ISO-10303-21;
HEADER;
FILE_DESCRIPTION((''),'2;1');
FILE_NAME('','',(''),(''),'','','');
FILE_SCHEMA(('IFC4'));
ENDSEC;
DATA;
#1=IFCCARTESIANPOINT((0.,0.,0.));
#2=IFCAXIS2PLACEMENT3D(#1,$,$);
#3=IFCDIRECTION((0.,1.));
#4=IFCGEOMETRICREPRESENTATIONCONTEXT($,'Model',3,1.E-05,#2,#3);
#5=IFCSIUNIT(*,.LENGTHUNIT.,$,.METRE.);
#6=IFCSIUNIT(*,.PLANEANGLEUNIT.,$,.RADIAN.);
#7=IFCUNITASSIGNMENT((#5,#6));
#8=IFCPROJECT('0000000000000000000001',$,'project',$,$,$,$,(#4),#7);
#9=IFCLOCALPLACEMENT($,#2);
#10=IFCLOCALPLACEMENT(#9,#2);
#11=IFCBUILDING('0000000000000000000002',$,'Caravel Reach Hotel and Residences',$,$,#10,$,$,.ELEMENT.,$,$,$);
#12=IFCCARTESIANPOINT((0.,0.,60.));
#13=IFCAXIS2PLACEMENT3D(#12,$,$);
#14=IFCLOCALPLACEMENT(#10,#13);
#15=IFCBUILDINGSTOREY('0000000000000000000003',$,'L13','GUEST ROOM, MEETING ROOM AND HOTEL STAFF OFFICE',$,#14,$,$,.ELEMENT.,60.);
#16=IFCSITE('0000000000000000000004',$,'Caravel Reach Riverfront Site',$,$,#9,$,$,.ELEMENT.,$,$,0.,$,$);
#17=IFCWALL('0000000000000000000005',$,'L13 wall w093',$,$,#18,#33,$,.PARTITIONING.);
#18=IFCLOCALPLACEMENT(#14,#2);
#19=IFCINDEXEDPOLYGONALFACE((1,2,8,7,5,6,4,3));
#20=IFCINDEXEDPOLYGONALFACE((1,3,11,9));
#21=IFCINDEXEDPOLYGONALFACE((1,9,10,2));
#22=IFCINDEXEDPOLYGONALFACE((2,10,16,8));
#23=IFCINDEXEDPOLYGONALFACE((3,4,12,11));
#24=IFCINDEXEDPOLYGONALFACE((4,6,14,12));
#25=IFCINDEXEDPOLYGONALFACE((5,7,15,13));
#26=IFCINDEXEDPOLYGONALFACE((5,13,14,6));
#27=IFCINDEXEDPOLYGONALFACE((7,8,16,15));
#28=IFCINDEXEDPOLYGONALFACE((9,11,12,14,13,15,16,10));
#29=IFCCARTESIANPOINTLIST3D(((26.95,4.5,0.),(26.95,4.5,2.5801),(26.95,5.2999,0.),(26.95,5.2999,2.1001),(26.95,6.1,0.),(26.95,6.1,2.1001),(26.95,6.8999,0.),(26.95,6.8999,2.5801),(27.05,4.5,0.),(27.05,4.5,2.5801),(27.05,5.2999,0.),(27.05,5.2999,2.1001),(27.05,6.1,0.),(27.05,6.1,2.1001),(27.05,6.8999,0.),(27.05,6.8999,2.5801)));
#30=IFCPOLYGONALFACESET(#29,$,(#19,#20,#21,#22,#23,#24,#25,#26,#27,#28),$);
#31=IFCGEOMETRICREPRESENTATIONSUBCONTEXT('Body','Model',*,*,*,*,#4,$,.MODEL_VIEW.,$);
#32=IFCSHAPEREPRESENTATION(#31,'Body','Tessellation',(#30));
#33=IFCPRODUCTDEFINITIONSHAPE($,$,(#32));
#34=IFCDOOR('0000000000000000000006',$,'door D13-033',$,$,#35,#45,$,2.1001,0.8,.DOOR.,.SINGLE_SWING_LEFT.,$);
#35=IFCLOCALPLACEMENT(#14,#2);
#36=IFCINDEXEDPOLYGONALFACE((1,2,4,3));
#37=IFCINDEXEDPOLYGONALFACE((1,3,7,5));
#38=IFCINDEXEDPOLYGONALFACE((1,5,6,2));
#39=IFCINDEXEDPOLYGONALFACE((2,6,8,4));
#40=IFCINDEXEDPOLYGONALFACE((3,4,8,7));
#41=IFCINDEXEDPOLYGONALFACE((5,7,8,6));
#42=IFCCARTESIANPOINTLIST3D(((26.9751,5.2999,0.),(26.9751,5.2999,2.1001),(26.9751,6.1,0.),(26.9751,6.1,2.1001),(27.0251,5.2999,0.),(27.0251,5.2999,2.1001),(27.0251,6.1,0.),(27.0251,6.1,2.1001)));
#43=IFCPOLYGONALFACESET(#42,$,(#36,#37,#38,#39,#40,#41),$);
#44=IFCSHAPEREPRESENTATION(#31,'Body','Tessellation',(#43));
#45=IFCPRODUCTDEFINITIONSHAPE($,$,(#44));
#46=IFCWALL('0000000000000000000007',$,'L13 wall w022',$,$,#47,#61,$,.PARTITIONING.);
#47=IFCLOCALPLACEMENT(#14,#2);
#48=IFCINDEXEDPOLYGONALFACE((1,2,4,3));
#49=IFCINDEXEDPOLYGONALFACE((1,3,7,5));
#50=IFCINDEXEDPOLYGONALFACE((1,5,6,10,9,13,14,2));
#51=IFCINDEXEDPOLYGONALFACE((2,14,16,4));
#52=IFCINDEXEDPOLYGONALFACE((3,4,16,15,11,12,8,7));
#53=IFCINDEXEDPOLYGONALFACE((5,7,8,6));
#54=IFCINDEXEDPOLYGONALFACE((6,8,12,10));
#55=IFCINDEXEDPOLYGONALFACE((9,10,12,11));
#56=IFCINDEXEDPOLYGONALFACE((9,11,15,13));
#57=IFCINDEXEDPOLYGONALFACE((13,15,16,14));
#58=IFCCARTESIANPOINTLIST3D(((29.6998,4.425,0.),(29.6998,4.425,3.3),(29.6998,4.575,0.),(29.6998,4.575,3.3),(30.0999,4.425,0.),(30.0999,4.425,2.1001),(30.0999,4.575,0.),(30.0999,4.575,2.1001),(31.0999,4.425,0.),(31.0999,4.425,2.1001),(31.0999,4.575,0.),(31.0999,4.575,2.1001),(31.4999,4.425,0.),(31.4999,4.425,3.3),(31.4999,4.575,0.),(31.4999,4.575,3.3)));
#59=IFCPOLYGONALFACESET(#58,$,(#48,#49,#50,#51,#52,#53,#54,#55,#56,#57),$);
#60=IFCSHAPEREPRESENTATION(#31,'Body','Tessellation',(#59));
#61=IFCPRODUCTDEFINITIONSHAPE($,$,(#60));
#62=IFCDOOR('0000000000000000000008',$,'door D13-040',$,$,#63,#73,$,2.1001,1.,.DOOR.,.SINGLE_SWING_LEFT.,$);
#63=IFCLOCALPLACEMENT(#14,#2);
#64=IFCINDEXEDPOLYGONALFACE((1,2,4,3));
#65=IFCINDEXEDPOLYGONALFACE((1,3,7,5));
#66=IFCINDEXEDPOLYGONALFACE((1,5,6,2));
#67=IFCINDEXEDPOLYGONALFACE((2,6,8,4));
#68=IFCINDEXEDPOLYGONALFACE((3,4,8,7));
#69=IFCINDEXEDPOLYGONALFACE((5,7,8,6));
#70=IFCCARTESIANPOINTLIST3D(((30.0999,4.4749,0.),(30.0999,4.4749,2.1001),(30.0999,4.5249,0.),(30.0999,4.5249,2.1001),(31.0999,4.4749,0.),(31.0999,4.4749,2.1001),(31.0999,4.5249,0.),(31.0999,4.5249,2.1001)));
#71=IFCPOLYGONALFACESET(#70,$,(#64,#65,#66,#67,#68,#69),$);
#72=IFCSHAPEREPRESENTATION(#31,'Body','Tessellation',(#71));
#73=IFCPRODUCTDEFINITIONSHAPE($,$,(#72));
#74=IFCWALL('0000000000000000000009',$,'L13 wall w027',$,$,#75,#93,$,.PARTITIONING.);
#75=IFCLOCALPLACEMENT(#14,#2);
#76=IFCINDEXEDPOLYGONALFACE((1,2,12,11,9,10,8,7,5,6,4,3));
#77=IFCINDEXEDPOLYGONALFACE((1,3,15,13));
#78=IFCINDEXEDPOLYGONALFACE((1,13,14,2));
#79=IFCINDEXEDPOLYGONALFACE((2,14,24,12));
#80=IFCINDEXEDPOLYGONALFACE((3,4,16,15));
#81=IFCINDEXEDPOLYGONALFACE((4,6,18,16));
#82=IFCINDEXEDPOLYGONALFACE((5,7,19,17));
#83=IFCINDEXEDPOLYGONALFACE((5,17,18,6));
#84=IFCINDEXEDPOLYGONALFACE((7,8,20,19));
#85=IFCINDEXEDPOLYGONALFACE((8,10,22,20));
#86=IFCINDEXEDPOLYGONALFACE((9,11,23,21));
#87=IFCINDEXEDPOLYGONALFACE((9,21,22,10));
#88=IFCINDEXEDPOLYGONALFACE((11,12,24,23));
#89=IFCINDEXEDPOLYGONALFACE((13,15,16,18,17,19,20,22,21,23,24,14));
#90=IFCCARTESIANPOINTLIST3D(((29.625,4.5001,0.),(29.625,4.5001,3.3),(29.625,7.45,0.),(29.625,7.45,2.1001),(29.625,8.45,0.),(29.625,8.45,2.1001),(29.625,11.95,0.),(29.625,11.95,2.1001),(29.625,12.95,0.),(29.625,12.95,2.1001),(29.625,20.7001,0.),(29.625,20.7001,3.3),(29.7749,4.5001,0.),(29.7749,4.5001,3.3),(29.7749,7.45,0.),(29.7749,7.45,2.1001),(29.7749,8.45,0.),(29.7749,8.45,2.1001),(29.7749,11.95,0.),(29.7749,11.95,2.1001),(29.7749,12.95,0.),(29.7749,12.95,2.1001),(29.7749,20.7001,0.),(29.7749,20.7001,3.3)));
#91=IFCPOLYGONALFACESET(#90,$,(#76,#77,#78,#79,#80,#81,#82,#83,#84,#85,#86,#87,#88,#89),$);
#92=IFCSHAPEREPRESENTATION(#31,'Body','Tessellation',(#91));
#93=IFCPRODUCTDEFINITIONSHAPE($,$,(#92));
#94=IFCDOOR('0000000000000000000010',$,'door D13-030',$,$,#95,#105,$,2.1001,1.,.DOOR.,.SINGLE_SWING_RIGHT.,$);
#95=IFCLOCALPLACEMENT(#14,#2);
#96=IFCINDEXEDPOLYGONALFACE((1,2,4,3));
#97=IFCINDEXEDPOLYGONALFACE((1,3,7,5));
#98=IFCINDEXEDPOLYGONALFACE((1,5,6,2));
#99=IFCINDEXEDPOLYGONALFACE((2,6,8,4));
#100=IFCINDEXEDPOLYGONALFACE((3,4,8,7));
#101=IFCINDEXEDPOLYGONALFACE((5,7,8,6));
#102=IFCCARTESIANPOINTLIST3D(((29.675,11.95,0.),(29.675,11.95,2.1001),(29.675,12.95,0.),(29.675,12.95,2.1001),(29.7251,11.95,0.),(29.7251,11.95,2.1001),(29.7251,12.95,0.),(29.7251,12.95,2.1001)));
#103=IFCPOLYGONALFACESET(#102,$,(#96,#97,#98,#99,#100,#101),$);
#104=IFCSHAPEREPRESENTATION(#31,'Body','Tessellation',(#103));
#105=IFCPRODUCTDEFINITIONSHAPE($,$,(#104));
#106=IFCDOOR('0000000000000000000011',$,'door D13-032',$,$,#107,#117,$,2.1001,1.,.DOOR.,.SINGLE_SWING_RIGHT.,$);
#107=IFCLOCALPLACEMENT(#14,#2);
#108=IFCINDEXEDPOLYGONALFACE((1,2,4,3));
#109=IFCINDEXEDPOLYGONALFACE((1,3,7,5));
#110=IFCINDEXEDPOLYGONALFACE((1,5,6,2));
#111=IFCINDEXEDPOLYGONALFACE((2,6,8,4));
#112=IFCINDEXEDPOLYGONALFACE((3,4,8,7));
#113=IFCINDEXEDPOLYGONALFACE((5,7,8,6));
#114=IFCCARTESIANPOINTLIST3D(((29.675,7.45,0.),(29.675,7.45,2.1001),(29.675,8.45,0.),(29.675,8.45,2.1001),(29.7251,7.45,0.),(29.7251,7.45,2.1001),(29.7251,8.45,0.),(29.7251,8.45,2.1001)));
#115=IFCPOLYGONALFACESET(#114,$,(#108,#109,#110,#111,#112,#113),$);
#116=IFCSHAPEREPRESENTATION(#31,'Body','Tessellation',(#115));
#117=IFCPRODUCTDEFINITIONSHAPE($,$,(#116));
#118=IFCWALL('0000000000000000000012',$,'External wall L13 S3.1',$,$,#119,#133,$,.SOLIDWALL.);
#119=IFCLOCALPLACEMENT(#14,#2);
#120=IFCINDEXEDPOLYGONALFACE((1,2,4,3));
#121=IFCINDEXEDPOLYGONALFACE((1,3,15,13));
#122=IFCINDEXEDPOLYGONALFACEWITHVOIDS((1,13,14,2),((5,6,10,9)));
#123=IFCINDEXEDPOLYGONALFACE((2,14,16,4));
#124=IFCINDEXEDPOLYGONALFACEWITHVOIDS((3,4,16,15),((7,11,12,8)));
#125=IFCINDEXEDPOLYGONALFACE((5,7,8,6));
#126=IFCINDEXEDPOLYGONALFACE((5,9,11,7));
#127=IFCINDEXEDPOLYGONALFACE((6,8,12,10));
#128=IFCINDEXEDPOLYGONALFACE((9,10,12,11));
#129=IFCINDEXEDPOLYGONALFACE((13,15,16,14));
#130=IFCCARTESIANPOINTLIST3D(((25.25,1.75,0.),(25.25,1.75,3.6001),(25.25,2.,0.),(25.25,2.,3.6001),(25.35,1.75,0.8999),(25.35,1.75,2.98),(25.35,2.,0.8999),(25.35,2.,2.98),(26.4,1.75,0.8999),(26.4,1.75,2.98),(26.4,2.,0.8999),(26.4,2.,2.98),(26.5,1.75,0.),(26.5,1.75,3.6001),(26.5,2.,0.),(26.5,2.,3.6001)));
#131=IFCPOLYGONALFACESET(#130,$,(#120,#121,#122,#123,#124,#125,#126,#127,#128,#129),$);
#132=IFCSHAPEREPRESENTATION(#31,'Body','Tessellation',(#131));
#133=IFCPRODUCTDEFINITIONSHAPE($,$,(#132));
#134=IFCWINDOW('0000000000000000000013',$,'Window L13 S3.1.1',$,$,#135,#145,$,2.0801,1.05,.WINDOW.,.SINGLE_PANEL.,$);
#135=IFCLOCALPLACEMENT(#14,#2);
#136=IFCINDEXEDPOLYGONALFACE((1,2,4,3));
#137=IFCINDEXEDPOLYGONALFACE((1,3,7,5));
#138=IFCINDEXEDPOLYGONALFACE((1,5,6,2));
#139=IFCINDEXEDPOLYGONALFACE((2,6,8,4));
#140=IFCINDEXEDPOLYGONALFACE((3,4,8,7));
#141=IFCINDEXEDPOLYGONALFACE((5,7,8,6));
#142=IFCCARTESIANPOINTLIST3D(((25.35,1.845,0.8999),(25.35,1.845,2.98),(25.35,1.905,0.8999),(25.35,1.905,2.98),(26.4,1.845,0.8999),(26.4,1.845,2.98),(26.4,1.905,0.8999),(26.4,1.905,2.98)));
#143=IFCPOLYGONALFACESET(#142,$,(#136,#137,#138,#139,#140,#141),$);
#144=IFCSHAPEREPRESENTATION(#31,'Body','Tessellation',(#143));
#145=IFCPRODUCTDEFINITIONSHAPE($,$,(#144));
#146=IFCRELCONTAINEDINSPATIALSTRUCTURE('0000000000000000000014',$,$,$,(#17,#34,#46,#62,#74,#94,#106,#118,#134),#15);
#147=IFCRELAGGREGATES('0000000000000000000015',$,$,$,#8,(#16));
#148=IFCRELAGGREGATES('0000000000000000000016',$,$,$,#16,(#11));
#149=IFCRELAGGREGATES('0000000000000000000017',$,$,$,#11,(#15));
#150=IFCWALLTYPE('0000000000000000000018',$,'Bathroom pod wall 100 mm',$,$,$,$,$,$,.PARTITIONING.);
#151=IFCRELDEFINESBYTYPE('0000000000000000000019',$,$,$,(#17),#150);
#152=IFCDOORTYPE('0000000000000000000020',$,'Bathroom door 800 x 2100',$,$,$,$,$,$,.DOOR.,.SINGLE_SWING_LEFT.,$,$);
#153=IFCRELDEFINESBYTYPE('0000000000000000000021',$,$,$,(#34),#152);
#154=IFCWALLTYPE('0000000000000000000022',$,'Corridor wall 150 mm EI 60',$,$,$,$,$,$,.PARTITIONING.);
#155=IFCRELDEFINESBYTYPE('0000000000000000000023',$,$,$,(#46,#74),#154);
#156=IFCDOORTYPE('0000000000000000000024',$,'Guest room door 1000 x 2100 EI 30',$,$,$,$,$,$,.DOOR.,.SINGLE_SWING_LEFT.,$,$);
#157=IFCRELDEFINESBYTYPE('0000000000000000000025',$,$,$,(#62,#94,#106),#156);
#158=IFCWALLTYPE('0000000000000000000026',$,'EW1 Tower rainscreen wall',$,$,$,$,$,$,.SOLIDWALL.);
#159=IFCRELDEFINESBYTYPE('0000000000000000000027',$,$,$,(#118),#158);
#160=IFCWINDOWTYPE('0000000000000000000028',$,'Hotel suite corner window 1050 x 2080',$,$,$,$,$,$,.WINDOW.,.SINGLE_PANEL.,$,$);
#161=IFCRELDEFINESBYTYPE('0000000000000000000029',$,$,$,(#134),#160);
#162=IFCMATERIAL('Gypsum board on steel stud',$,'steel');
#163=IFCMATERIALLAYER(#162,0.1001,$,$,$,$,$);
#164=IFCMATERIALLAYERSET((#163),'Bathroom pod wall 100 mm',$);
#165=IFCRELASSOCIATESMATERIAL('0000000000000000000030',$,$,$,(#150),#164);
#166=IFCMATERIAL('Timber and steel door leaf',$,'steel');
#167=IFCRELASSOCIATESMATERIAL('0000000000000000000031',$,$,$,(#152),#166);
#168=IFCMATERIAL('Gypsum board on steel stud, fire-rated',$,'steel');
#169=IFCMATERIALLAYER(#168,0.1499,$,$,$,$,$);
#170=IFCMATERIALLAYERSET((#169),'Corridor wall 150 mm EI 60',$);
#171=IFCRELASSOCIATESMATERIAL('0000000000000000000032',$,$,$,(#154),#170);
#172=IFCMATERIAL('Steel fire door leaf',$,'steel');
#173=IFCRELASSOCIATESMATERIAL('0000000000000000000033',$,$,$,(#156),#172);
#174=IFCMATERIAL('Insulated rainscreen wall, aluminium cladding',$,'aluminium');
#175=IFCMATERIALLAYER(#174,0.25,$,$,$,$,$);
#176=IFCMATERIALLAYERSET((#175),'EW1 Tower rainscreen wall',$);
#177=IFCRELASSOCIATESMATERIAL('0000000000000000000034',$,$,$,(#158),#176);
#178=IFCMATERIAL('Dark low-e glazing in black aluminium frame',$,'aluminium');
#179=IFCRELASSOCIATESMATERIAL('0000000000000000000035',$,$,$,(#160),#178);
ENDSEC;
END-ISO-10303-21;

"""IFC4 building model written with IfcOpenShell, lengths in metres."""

from ifc_helpers import new_model, si_unit, direction, frame, frame_2d, origin, place, context, subcontext, project, spatial, rectangle, extrude, material, layer, layer_set, type_object, element, fill, save


model = new_model("IFC4")

# Units and contexts
model_context = context("Model", 3, precision=1e-05, world=origin(), true_north=direction((0.0, 1.0)))
body_context = subcontext(model_context, "Body", "Model", "MODEL_VIEW")
ifc_project = project(units=[si_unit("LENGTHUNIT", "METRE"), si_unit("PLANEANGLEUNIT", "RADIAN")], contexts=[model_context])

# Site, building, storey
site_placement = place(None, origin())
site = spatial("IfcSite", under=ifc_project, at=site_placement, Name="Caravel Reach Riverfront Site", CompositionType="ELEMENT", RefElevation=0.0)
building_placement = place(site_placement, origin())
building = spatial("IfcBuilding", under=site, at=building_placement, Name="Caravel Reach Hotel and Residences", CompositionType="ELEMENT")
storey_placement = place(building_placement, frame((0.0, 0.0, 60.0)))
storey = spatial("IfcBuildingStorey", under=building, at=storey_placement, Name="L13", Description="GUEST ROOM, MEETING ROOM AND HOTEL STAFF OFFICE", CompositionType="ELEMENT", Elevation=60.0)

# Shared definitions
ifc_material_1 = material(Name="Gypsum board on steel stud", Category="steel")
ifc_layer_1 = layer(ifc_material_1, 0.1001)
ifc_layer_set_1 = layer_set([ifc_layer_1], Name="Bathroom pod wall 100 mm")
wall_type_1 = type_object("IfcWallType", Name="Bathroom pod wall 100 mm", PredefinedType="PARTITIONING", material=ifc_layer_set_1)

# Walls, openings, doors
wall_1_placement = place(storey_placement, frame((27.0, 4.5, 0.0), z_axis=(0.0, 0.0, 1.0), x_axis=(0.0, 1.0, 0.0)))
wall_1 = element("IfcWall", 1, at=wall_1_placement, inside=storey, type_object=wall_type_1, Name="L13 wall w093", PredefinedType="PARTITIONING", context=body_context, shape_type="SweptSolid", body=[
    extrude(rectangle(XDim=2.3999, YDim=0.1001, at=frame_2d((1.2, 0.0))), origin(), (0.0, 0.0, 1.0), 2.5801),
])
opening_1_placement = place(wall_1_placement, frame((0.8, 0.0, 0.0)))
opening_1 = element("IfcOpeningElement", 2, at=opening_1_placement, cuts=wall_1, PredefinedType="OPENING", context=body_context, shape_type="SweptSolid", body=[
    extrude(rectangle(XDim=0.8, YDim=2.1001, at=frame_2d((0.3999, 1.05))), frame((0.0, 0.0601, 0.0), z_axis=(0.0, -1.0, 0.0), x_axis=(1.0, 0.0, 0.0)), (0.0, 0.0, 1.0), 0.1201),
])
ifc_material_2 = material(Name="Timber and steel door leaf", Category="steel")
door_type_1 = type_object("IfcDoorType", Name="Bathroom door 800 x 2100", OperationType="SINGLE_SWING_LEFT", PredefinedType="DOOR", material=ifc_material_2)
door_1_placement = place(opening_1_placement, origin())
door_1 = element("IfcDoor", 3, at=door_1_placement, inside=storey, type_object=door_type_1, Name="door D13-033", OperationType="SINGLE_SWING_LEFT", OverallHeight=2.1001, OverallWidth=0.8, PredefinedType="DOOR", context=body_context, shape_type="SweptSolid", body=[
    extrude(rectangle(XDim=0.8, YDim=2.1001, at=frame_2d((0.3999, 1.05))), frame((0.0, 0.0249, 0.0), z_axis=(0.0, -1.0, 0.0), x_axis=(1.0, 0.0, 0.0)), (0.0, 0.0, 1.0), 0.05),
])
fill(opening_1, door_1)
ifc_material_3 = material(Name="Gypsum board on steel stud, fire-rated", Category="steel")
ifc_layer_2 = layer(ifc_material_3, 0.1499)
ifc_layer_set_2 = layer_set([ifc_layer_2], Name="Corridor wall 150 mm EI 60")
wall_type_2 = type_object("IfcWallType", Name="Corridor wall 150 mm EI 60", PredefinedType="PARTITIONING", material=ifc_layer_set_2)
wall_2_placement = place(storey_placement, frame((29.7, 4.5, 0.0), z_axis=(0.0, 0.0, 1.0), x_axis=(1.0, 0.0, 0.0)))
wall_2 = element("IfcWall", 4, at=wall_2_placement, inside=storey, type_object=wall_type_2, Name="L13 wall w022", PredefinedType="PARTITIONING", context=body_context, shape_type="SweptSolid", body=[
    extrude(rectangle(XDim=1.8, YDim=0.1499, at=frame_2d((0.8999, 0.0))), origin(), (0.0, 0.0, 1.0), 3.3),
])
opening_2_placement = place(wall_2_placement, frame((0.3999, 0.0, 0.0)))
opening_2 = element("IfcOpeningElement", 5, at=opening_2_placement, cuts=wall_2, PredefinedType="OPENING", context=body_context, shape_type="SweptSolid", body=[
    extrude(rectangle(XDim=1.0, YDim=2.1001, at=frame_2d((0.5, 1.05))), frame((0.0, 0.085, 0.0), z_axis=(0.0, -1.0, 0.0), x_axis=(1.0, 0.0, 0.0)), (0.0, 0.0, 1.0), 0.1699),
])
ifc_material_4 = material(Name="Steel fire door leaf", Category="steel")
door_type_2 = type_object("IfcDoorType", Name="Guest room door 1000 x 2100 EI 30", OperationType="SINGLE_SWING_LEFT", PredefinedType="DOOR", material=ifc_material_4)
door_2_placement = place(opening_2_placement, origin())
door_2 = element("IfcDoor", 6, at=door_2_placement, inside=storey, type_object=door_type_2, Name="door D13-040", OperationType="SINGLE_SWING_LEFT", OverallHeight=2.1001, OverallWidth=1.0, PredefinedType="DOOR", context=body_context, shape_type="SweptSolid", body=[
    extrude(rectangle(XDim=1.0, YDim=2.1001, at=frame_2d((0.5, 1.05))), frame((0.0, 0.0249, 0.0), z_axis=(0.0, -1.0, 0.0), x_axis=(1.0, 0.0, 0.0)), (0.0, 0.0, 1.0), 0.05),
])
fill(opening_2, door_2)

# Wall, openings, doors
wall_3_placement = place(storey_placement, frame((29.7, 4.5, 0.0), z_axis=(0.0, 0.0, 1.0), x_axis=(0.0, 1.0, 0.0)))
wall_3 = element("IfcWall", 7, at=wall_3_placement, inside=storey, type_object=wall_type_2, Name="L13 wall w027", PredefinedType="PARTITIONING", context=body_context, shape_type="SweptSolid", body=[
    extrude(rectangle(XDim=16.2, YDim=0.1499, at=frame_2d((8.1001, 0.0))), origin(), (0.0, 0.0, 1.0), 3.3),
])
opening_3_placement = place(wall_3_placement, frame((7.45, 0.0, 0.0)))
opening_3 = element("IfcOpeningElement", 8, at=opening_3_placement, cuts=wall_3, PredefinedType="OPENING", context=body_context, shape_type="SweptSolid", body=[
    extrude(rectangle(XDim=1.0, YDim=2.1001, at=frame_2d((0.5, 1.05))), frame((0.0, 0.085, 0.0), z_axis=(0.0, -1.0, 0.0), x_axis=(1.0, 0.0, 0.0)), (0.0, 0.0, 1.0), 0.1699),
])
opening_4_placement = place(wall_3_placement, frame((2.95, 0.0, 0.0)))
opening_4 = element("IfcOpeningElement", 9, at=opening_4_placement, cuts=wall_3, PredefinedType="OPENING", context=body_context, shape_type="SweptSolid", body=[
    extrude(rectangle(XDim=1.0, YDim=2.1001, at=frame_2d((0.5, 1.05))), frame((0.0, 0.085, 0.0), z_axis=(0.0, -1.0, 0.0), x_axis=(1.0, 0.0, 0.0)), (0.0, 0.0, 1.0), 0.1699),
])
door_3_placement = place(opening_3_placement, origin())
door_3 = element("IfcDoor", 10, at=door_3_placement, inside=storey, type_object=door_type_2, Name="door D13-030", OperationType="SINGLE_SWING_RIGHT", OverallHeight=2.1001, OverallWidth=1.0, PredefinedType="DOOR", context=body_context, shape_type="SweptSolid", body=[
    extrude(rectangle(XDim=1.0, YDim=2.1001, at=frame_2d((0.5, 1.05))), frame((0.0, 0.0249, 0.0), z_axis=(0.0, -1.0, 0.0), x_axis=(1.0, 0.0, 0.0)), (0.0, 0.0, 1.0), 0.05),
])
fill(opening_3, door_3)
door_4_placement = place(opening_4_placement, origin())
door_4 = element("IfcDoor", 11, at=door_4_placement, inside=storey, type_object=door_type_2, Name="door D13-032", OperationType="SINGLE_SWING_RIGHT", OverallHeight=2.1001, OverallWidth=1.0, PredefinedType="DOOR", context=body_context, shape_type="SweptSolid", body=[
    extrude(rectangle(XDim=1.0, YDim=2.1001, at=frame_2d((0.5, 1.05))), frame((0.0, 0.0249, 0.0), z_axis=(0.0, -1.0, 0.0), x_axis=(1.0, 0.0, 0.0)), (0.0, 0.0, 1.0), 0.05),
])
fill(opening_4, door_4)

# Wall, opening, window
ifc_material_5 = material(Name="Insulated rainscreen wall, aluminium cladding", Category="aluminium")
ifc_layer_3 = layer(ifc_material_5, 0.25)
ifc_layer_set_3 = layer_set([ifc_layer_3], Name="EW1 Tower rainscreen wall")
wall_type_3 = type_object("IfcWallType", Name="EW1 Tower rainscreen wall", PredefinedType="SOLIDWALL", material=ifc_layer_set_3)
wall_4_placement = place(storey_placement, frame((25.25, 1.875, 0.0), z_axis=(0.0, 0.0, 1.0), x_axis=(1.0, 0.0, 0.0)))
wall_4 = element("IfcWall", 12, at=wall_4_placement, inside=storey, type_object=wall_type_3, Name="External wall L13 S3.1", PredefinedType="SOLIDWALL", context=body_context, shape_type="SweptSolid", body=[
    extrude(rectangle(XDim=1.25, YDim=0.25, at=frame_2d((0.625, 0.0))), origin(), (0.0, 0.0, 1.0), 3.6001),
])
opening_5_placement = place(wall_4_placement, frame((0.1001, 0.0, 0.8999)))
opening_5 = element("IfcOpeningElement", 13, at=opening_5_placement, cuts=wall_4, PredefinedType="OPENING", context=body_context, shape_type="SweptSolid", body=[
    extrude(rectangle(XDim=1.05, YDim=2.0801, at=frame_2d((0.5249, 1.04))), frame((0.0, 0.135, 0.0), z_axis=(0.0, -1.0, 0.0), x_axis=(1.0, 0.0, 0.0)), (0.0, 0.0, 1.0), 0.27),
])
ifc_material_6 = material(Name="Dark low-e glazing in black aluminium frame", Category="aluminium")
window_type_1 = type_object("IfcWindowType", Name="Hotel suite corner window 1050 x 2080", PartitioningType="SINGLE_PANEL", PredefinedType="WINDOW", material=ifc_material_6)
window_1_placement = place(opening_5_placement, origin())
window_1 = element("IfcWindow", 14, at=window_1_placement, inside=storey, type_object=window_type_1, Name="Window L13 S3.1.1", OverallHeight=2.0801, OverallWidth=1.05, PartitioningType="SINGLE_PANEL", PredefinedType="WINDOW", context=body_context, shape_type="SweptSolid", body=[
    extrude(rectangle(XDim=1.05, YDim=2.0801, at=frame_2d((0.5249, 1.04))), frame((0.0, 0.03, 0.0), z_axis=(0.0, -1.0, 0.0), x_axis=(1.0, 0.0, 0.0)), (0.0, 0.0, 1.0), 0.0601),
])
fill(opening_5, window_1)

save(model, "model.ifc")
